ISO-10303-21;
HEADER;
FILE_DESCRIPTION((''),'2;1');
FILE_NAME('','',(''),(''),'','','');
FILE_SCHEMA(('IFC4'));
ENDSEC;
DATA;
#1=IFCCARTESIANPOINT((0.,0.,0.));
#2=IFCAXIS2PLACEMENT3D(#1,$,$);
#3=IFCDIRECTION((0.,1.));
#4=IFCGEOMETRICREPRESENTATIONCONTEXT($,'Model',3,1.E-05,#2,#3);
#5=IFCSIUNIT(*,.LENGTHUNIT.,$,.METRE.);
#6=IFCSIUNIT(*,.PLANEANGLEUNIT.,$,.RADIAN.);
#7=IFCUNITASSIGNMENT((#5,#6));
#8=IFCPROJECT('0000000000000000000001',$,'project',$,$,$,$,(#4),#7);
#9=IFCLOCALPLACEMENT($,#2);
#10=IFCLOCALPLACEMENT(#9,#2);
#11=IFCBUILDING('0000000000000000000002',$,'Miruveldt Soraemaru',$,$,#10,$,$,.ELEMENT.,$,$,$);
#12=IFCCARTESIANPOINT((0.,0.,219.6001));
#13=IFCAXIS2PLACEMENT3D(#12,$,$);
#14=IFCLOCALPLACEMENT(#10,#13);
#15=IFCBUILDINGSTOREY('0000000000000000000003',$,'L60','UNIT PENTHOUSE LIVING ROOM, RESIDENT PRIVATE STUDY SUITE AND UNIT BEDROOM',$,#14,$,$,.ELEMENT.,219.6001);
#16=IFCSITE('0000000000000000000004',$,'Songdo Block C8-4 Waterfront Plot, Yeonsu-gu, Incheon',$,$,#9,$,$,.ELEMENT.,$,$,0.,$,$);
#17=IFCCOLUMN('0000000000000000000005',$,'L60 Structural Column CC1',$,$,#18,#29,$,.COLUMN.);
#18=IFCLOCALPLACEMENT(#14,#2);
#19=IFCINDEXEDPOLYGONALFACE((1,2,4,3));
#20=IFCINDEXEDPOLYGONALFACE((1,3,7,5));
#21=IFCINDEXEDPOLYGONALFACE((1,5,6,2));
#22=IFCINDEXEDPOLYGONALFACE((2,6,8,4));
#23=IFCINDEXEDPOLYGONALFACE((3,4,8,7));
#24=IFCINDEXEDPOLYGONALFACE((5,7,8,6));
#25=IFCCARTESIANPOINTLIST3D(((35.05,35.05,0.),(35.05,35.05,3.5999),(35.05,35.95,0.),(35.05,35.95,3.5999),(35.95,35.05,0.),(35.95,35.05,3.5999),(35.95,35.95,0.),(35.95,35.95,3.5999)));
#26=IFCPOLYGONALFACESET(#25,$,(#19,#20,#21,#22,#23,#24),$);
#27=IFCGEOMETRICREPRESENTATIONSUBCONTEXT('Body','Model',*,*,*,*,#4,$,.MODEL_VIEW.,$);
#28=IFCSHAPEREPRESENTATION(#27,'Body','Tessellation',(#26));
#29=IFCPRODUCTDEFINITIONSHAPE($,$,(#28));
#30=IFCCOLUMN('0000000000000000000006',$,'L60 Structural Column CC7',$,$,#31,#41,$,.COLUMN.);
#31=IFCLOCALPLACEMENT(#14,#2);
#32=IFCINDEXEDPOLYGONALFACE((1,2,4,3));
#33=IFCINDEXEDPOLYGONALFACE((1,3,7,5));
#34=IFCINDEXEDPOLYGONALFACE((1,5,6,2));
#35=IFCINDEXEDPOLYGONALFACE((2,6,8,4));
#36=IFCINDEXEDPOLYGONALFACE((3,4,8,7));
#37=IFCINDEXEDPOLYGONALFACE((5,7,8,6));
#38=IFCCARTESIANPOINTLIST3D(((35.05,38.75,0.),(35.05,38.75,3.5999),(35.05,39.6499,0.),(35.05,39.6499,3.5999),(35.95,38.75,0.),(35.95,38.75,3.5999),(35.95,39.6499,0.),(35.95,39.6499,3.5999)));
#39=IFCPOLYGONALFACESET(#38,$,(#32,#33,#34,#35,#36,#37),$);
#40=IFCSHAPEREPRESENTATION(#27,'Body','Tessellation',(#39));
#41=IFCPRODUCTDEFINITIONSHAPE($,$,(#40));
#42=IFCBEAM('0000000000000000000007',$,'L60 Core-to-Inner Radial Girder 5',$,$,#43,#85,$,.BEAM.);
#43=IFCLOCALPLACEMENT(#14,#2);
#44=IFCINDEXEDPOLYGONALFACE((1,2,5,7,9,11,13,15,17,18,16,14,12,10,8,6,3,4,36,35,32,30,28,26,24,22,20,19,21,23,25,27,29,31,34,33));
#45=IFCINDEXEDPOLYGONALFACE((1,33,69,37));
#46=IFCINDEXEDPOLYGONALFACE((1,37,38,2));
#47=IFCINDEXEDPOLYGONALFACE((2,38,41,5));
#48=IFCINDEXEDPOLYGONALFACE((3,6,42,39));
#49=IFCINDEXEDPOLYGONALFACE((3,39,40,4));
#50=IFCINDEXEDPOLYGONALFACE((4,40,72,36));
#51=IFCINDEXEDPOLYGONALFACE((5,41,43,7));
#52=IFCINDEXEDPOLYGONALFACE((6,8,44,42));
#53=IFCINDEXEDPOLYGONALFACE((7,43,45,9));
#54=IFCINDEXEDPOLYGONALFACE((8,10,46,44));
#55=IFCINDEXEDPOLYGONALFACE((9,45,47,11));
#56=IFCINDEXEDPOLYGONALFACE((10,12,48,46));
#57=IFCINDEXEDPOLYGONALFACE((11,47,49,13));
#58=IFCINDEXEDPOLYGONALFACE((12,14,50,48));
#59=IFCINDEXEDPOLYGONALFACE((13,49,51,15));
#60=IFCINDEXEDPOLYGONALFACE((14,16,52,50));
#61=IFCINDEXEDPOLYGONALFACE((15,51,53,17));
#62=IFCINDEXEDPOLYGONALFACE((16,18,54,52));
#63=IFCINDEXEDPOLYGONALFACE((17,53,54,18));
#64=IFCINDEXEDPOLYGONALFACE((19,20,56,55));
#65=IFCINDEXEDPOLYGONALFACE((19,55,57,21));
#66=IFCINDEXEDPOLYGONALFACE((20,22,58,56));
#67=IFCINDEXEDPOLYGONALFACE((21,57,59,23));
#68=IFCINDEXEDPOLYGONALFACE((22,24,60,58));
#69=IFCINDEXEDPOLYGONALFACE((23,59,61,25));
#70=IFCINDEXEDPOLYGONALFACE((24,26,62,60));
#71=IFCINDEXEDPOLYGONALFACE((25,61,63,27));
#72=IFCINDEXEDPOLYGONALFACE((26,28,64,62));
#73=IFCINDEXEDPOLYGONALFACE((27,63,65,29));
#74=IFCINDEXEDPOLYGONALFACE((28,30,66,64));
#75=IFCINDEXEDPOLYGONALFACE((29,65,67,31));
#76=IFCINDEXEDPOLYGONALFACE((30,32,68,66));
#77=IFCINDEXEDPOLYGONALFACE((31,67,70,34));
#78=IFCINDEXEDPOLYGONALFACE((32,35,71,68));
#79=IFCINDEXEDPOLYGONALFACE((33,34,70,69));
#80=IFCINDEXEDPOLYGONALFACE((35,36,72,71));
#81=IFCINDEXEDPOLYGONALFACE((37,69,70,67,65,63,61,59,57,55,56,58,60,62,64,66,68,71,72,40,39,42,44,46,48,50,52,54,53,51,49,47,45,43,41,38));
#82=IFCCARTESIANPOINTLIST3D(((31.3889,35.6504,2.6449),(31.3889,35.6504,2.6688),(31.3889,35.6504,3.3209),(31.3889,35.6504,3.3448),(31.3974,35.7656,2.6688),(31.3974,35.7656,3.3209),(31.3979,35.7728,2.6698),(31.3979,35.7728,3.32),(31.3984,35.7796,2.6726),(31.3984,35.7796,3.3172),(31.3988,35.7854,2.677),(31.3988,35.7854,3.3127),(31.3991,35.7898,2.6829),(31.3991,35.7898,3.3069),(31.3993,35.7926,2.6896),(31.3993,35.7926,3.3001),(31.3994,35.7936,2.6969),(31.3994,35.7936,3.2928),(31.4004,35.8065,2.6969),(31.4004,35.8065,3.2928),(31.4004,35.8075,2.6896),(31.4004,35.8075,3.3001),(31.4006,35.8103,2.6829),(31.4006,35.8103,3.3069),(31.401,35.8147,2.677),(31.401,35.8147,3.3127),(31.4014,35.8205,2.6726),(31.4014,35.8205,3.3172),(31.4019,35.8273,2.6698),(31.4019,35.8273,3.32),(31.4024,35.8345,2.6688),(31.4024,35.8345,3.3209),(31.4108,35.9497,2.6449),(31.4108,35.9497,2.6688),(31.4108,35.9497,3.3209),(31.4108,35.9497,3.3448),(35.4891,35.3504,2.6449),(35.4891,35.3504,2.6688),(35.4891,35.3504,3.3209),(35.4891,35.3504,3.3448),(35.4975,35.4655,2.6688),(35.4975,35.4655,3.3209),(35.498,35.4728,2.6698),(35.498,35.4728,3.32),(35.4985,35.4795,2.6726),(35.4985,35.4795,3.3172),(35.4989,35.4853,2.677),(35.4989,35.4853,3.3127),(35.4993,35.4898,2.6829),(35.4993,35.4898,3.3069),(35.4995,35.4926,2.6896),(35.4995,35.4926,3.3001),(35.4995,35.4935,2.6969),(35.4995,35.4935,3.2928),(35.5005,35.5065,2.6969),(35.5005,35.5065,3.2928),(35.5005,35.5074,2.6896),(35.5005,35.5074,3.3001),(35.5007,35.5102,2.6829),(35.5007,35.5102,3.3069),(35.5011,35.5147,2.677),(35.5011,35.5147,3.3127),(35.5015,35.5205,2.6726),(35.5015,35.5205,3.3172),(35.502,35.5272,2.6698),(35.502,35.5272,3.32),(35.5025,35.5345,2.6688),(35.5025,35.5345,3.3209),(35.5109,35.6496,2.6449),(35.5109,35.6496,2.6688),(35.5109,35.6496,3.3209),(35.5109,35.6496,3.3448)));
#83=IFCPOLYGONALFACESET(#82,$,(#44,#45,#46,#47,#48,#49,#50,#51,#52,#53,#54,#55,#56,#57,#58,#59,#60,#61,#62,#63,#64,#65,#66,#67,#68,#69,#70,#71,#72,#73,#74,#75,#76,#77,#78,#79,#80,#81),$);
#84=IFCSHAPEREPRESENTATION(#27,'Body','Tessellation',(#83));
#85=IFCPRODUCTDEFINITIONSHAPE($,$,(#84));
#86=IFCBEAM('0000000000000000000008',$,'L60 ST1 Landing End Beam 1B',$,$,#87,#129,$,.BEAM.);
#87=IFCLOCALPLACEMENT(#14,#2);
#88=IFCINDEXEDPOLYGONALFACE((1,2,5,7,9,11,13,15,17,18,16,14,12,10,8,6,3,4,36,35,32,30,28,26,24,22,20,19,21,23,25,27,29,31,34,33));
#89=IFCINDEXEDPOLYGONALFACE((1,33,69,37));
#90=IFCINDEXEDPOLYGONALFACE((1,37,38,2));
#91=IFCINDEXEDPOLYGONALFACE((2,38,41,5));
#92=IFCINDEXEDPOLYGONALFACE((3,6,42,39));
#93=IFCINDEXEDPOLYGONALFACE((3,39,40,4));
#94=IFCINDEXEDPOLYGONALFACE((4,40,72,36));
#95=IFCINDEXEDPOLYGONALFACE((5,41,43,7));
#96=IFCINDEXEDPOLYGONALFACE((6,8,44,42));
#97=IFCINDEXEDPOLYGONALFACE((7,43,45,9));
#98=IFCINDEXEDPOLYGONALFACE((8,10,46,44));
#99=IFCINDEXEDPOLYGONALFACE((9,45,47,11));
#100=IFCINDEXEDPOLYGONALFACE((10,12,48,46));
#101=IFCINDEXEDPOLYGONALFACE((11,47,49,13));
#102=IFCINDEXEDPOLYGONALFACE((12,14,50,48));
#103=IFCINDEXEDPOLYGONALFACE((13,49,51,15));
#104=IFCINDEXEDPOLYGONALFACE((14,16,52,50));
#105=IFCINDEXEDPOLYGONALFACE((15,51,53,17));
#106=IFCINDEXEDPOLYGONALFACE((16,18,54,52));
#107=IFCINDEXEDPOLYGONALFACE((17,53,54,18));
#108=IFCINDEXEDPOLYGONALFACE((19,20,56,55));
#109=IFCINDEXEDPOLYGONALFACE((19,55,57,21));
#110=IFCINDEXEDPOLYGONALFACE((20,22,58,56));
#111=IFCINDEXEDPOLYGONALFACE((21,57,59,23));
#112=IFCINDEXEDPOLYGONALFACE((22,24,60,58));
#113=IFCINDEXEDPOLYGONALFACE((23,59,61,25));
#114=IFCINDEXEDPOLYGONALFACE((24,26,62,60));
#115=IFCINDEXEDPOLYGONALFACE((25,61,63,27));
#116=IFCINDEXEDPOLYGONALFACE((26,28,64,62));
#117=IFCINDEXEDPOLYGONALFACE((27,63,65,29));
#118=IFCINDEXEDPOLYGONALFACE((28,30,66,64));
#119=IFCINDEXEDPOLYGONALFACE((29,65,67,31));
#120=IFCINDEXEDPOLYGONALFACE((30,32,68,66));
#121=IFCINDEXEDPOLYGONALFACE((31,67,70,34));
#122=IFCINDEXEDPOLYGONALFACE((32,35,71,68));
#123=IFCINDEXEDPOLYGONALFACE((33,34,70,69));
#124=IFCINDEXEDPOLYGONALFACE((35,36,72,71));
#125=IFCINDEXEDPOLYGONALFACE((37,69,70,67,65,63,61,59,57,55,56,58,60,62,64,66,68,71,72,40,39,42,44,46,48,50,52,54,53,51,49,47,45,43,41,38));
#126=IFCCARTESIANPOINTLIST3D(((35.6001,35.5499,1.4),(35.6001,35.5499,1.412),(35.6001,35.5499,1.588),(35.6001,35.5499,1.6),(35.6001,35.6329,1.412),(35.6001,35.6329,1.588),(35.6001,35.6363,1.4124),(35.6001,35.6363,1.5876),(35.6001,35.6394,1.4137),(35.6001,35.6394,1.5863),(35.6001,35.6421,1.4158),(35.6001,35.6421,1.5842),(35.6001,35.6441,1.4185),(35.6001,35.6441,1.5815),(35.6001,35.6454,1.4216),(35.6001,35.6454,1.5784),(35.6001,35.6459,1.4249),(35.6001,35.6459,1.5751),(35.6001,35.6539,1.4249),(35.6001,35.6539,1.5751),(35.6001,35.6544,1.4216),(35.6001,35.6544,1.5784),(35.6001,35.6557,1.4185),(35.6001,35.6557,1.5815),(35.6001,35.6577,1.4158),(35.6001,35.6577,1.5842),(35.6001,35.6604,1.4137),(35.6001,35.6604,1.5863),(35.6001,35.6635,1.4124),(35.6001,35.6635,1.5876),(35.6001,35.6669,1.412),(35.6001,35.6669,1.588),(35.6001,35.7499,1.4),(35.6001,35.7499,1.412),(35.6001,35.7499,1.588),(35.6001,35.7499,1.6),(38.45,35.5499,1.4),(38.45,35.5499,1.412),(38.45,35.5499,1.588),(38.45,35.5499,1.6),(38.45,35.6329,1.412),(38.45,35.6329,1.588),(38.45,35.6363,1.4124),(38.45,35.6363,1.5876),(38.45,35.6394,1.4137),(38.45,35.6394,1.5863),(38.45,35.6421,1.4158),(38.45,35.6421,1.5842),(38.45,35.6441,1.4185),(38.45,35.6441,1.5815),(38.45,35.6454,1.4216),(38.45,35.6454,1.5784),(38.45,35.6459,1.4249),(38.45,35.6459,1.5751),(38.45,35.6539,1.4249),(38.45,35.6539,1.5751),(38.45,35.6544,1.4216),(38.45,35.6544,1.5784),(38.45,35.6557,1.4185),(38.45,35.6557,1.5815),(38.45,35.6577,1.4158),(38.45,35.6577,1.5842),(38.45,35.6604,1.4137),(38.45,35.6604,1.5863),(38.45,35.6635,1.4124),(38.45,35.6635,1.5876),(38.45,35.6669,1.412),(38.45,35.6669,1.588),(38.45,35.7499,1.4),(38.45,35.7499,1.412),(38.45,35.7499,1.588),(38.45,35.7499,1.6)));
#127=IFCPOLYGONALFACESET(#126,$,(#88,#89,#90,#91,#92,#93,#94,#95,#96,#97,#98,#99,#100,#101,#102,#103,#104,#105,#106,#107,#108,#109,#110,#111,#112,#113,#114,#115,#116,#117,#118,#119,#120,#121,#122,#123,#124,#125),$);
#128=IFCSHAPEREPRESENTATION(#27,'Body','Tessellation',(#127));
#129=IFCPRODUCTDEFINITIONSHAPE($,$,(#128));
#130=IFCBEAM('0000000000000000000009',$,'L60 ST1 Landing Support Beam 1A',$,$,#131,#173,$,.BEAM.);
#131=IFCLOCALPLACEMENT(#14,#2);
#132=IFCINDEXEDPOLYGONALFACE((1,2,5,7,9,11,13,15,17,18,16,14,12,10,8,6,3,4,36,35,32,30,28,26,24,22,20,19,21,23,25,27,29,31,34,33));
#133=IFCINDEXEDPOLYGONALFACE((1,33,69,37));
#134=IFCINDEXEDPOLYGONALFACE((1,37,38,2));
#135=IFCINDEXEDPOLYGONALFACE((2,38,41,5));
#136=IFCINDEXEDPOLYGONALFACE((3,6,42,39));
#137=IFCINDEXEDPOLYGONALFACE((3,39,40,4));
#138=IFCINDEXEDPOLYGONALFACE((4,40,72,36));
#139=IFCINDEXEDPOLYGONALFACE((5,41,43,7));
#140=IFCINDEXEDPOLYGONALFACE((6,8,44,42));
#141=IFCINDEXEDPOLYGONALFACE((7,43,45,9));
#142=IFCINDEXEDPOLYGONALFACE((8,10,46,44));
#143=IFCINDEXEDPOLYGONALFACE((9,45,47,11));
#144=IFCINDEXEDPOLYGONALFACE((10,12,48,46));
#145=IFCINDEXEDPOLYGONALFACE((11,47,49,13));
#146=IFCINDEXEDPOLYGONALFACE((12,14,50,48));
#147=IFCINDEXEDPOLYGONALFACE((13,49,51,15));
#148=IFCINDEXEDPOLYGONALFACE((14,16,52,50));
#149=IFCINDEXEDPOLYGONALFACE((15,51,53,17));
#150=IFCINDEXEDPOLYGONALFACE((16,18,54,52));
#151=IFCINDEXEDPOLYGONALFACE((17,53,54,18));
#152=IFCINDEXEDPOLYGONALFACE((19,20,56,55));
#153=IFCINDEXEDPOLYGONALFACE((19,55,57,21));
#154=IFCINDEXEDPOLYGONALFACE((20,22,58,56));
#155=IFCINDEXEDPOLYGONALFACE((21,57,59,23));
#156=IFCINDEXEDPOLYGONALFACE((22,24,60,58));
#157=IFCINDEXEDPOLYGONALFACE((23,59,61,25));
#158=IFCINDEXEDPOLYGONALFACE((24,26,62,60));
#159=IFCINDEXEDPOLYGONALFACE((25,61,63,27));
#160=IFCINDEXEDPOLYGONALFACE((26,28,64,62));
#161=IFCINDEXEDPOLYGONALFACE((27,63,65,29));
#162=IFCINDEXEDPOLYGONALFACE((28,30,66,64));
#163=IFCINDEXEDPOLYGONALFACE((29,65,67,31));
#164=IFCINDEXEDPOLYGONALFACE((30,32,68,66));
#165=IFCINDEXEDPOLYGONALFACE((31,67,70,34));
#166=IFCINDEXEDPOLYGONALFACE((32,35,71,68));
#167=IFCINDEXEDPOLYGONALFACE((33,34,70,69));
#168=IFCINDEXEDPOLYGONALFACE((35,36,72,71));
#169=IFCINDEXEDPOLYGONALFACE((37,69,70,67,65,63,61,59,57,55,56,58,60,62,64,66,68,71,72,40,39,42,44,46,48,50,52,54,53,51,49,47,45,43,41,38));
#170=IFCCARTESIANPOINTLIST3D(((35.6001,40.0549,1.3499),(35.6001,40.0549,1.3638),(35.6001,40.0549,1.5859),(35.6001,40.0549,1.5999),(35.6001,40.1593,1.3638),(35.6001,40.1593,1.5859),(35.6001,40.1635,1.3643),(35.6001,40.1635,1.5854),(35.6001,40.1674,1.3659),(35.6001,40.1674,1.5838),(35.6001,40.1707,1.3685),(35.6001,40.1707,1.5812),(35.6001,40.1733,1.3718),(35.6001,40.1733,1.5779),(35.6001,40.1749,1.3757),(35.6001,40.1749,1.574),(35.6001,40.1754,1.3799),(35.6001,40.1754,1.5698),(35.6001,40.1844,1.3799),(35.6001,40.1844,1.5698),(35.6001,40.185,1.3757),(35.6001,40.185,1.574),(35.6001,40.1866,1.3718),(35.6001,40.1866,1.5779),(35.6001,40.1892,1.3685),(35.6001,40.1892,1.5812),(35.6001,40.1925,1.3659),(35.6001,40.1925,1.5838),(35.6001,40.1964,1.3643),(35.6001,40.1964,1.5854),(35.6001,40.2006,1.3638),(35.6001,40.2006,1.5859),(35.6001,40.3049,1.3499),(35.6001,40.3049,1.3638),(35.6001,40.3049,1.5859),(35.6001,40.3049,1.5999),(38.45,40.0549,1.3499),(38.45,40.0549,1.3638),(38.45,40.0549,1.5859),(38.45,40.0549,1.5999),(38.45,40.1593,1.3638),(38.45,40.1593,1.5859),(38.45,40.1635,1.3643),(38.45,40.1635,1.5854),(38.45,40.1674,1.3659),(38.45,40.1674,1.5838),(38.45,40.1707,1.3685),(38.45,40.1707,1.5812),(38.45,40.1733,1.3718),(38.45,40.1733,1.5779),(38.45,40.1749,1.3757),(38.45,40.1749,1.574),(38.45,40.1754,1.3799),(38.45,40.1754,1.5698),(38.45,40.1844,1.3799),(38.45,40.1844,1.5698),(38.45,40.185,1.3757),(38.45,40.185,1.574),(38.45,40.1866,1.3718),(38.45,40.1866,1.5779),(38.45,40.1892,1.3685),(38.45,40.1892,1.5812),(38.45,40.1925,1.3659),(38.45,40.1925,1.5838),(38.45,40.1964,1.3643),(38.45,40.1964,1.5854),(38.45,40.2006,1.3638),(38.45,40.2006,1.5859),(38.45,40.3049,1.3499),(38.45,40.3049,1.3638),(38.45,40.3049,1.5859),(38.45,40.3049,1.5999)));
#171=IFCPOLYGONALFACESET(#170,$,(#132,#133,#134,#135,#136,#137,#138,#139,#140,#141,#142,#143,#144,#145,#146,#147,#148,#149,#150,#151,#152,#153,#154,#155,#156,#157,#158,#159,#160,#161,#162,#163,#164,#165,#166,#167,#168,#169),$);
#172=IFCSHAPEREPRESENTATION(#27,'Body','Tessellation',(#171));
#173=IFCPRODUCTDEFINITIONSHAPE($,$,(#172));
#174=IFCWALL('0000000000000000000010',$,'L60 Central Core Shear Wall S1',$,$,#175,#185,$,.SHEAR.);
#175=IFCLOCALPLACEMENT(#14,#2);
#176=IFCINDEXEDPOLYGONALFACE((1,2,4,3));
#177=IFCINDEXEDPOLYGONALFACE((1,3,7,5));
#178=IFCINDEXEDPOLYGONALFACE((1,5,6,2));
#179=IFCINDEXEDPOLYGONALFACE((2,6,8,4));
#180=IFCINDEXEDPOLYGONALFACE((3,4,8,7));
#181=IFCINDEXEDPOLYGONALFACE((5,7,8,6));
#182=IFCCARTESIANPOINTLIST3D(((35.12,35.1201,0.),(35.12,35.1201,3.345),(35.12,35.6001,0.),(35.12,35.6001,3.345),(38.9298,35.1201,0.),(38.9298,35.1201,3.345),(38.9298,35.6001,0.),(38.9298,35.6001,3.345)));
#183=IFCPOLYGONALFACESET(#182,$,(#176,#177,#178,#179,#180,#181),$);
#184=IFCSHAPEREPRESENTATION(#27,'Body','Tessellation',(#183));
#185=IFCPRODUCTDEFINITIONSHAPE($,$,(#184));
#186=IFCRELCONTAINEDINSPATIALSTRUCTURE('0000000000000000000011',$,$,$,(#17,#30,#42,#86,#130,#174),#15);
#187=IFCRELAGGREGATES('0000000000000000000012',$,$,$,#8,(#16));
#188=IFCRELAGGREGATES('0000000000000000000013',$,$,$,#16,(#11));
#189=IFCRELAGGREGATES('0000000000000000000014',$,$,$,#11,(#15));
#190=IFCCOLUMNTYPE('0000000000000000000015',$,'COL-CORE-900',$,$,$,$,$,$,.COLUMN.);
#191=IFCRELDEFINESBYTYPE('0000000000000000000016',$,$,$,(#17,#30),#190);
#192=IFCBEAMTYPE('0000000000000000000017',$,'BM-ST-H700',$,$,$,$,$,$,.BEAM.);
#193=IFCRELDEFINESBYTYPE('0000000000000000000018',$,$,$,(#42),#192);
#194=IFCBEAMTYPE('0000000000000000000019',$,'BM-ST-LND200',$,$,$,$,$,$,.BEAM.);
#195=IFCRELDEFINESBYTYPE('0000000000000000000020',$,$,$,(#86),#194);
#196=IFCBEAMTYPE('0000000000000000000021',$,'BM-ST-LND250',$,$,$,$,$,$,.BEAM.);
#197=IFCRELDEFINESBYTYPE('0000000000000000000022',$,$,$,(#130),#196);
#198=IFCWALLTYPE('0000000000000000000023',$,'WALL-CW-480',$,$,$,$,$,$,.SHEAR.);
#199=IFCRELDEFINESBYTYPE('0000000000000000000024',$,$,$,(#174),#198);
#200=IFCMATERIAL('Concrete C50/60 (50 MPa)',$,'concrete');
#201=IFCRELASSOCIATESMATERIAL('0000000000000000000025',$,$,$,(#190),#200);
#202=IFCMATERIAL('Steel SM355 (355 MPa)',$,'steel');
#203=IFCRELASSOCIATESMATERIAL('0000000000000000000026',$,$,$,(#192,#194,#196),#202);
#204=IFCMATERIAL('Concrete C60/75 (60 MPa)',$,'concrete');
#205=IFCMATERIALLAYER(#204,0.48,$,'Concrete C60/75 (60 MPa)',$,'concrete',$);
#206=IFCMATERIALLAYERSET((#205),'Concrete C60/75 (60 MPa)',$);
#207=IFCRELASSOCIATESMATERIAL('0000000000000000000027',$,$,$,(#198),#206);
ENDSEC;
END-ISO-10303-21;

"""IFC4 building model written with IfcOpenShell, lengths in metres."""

from ifc_helpers import new_model, si_unit, direction, frame, frame_2d, origin, origin_2d, place, context, subcontext, project, spatial, rectangle, i_section, extrude, material, layer, layer_set, material_profile, profile_set, type_object, element, save


model = new_model("IFC4")

# Units and contexts
model_context = context("Model", 3, precision=1e-05, world=origin(), true_north=direction((0.0, 1.0)))
body_context = subcontext(model_context, "Body", "Model", "MODEL_VIEW")
ifc_project = project(units=[si_unit("LENGTHUNIT", "METRE"), si_unit("PLANEANGLEUNIT", "RADIAN")], contexts=[model_context])

# Site, building, storey
site_placement = place(None, origin())
site = spatial("IfcSite", under=ifc_project, at=site_placement, Name="Songdo Block C8-4 Waterfront Plot, Yeonsu-gu, Incheon", CompositionType="ELEMENT", RefElevation=0.0)
building_placement = place(site_placement, origin())
building = spatial("IfcBuilding", under=site, at=building_placement, Name="Miruveldt Soraemaru", CompositionType="ELEMENT")
storey_placement = place(building_placement, frame((0.0, 0.0, 219.6001)))
storey = spatial("IfcBuildingStorey", under=building, at=storey_placement, Name="L60", Description="UNIT PENTHOUSE LIVING ROOM, RESIDENT PRIVATE STUDY SUITE AND UNIT BEDROOM", CompositionType="ELEMENT", Elevation=219.6001)

# Columns
ifc_material_1 = material(Name="Concrete C50/60 (50 MPa)", Category="concrete")
ifc_material_profile_1 = material_profile(ifc_material_1, rectangle(XDim=0.8999, YDim=0.8999, at=origin_2d()), Name="Concrete C50/60 (50 MPa)", Category="concrete")
ifc_profile_set_1 = profile_set([ifc_material_profile_1], Name="Concrete C50/60 (50 MPa)")
column_type = type_object("IfcColumnType", Name="COL-CORE-900", PredefinedType="COLUMN", material=ifc_profile_set_1)
for number, where, z_axis, x_axis, name in (
    (1, (35.5, 35.5, 0.0), (0.0, 0.0, 1.0), (1.0, 0.0, 0.0), "L60 Structural Column CC1"),
    (2, (35.5, 39.2, 0.0), (0.0, 0.0, 1.0), (1.0, 0.0, 0.0), "L60 Structural Column CC7"),
):
    element("IfcColumn", number, at=place(storey_placement, frame(where, z_axis=z_axis, x_axis=x_axis)), inside=storey, type_object=column_type, Name=name, PredefinedType="COLUMN", context=body_context, shape_type="SweptSolid", body=[
        extrude(rectangle(XDim=0.8999, YDim=0.8999, at=origin_2d()), origin(), (0.0, 0.0, 1.0), 3.5999),
    ])

# Beams
ifc_material_2 = material(Name="Steel SM355 (355 MPa)", Category="steel")
ifc_material_profile_2 = material_profile(ifc_material_2, i_section(OverallWidth=0.3, OverallDepth=0.7, WebThickness=0.0129, FlangeThickness=0.0239, FilletRadius=0.0281, at=origin_2d()), Name="Steel SM355 (355 MPa)", Category="steel")
ifc_profile_set_2 = profile_set([ifc_material_profile_2], Name="Steel SM355 (355 MPa)")
beam_type_1 = type_object("IfcBeamType", Name="BM-ST-H700", PredefinedType="BEAM", material=ifc_profile_set_2)
beam_1_placement = place(storey_placement, frame((35.5, 35.5, 2.9949), z_axis=(-0.997333, 0.072986, 0.0), x_axis=(-0.072986, -0.997333, 0.0)))
element("IfcBeam", 3, at=beam_1_placement, inside=storey, type_object=beam_type_1, Name="L60 Core-to-Inner Radial Girder 5", PredefinedType="BEAM", context=body_context, shape_type="SweptSolid", body=[
    extrude(i_section(OverallWidth=0.3, OverallDepth=0.7, WebThickness=0.0129, FlangeThickness=0.0239, FilletRadius=0.0281, at=origin_2d()), origin(), (0.0, 0.0, 1.0), 4.1111),
])
ifc_material_profile_3 = material_profile(ifc_material_2, i_section(OverallWidth=0.2, OverallDepth=0.2, WebThickness=0.0081, FlangeThickness=0.012, FilletRadius=0.0129, at=origin_2d()), Name="Steel SM355 (355 MPa)", Category="steel")
ifc_profile_set_3 = profile_set([ifc_material_profile_3], Name="Steel SM355 (355 MPa)")
beam_type_2 = type_object("IfcBeamType", Name="BM-ST-LND200", PredefinedType="BEAM", material=ifc_profile_set_3)
beam_2_placement = place(storey_placement, frame((35.6001, 35.6499, 1.5), z_axis=(1.0, 0.0, 0.0), x_axis=(0.0, 1.0, 0.0)))
element("IfcBeam", 4, at=beam_2_placement, inside=storey, type_object=beam_type_2, Name="L60 ST1 Landing End Beam 1B", PredefinedType="BEAM", context=body_context, shape_type="SweptSolid", body=[
    extrude(i_section(OverallWidth=0.2, OverallDepth=0.2, WebThickness=0.0081, FlangeThickness=0.012, FilletRadius=0.0129, at=origin_2d()), origin(), (0.0, 0.0, 1.0), 2.8499),
])
ifc_material_profile_4 = material_profile(ifc_material_2, i_section(OverallWidth=0.25, OverallDepth=0.25, WebThickness=0.009, FlangeThickness=0.0139, FilletRadius=0.0161, at=origin_2d()), Name="Steel SM355 (355 MPa)", Category="steel")
ifc_profile_set_4 = profile_set([ifc_material_profile_4], Name="Steel SM355 (355 MPa)")
beam_type_3 = type_object("IfcBeamType", Name="BM-ST-LND250", PredefinedType="BEAM", material=ifc_profile_set_4)
beam_3_placement = place(storey_placement, frame((35.6001, 40.1799, 1.4749), z_axis=(1.0, 0.0, 0.0), x_axis=(0.0, 1.0, 0.0)))
element("IfcBeam", 5, at=beam_3_placement, inside=storey, type_object=beam_type_3, Name="L60 ST1 Landing Support Beam 1A", PredefinedType="BEAM", context=body_context, shape_type="SweptSolid", body=[
    extrude(i_section(OverallWidth=0.25, OverallDepth=0.25, WebThickness=0.009, FlangeThickness=0.0139, FilletRadius=0.0161, at=origin_2d()), origin(), (0.0, 0.0, 1.0), 2.8499),
])

# Wall
ifc_material_3 = material(Name="Concrete C60/75 (60 MPa)", Category="concrete")
ifc_layer_1 = layer(ifc_material_3, 0.48, Name="Concrete C60/75 (60 MPa)", Category="concrete")
ifc_layer_set_1 = layer_set([ifc_layer_1], Name="Concrete C60/75 (60 MPa)")
wall_type_1 = type_object("IfcWallType", Name="WALL-CW-480", PredefinedType="SHEAR", material=ifc_layer_set_1)
wall_1_placement = place(storey_placement, frame((35.1201, 35.3601, 0.0), z_axis=(0.0, 0.0, 1.0), x_axis=(1.0, 0.0, 0.0)))
element("IfcWall", 6, at=wall_1_placement, inside=storey, type_object=wall_type_1, Name="L60 Central Core Shear Wall S1", PredefinedType="SHEAR", context=body_context, shape_type="SweptSolid", body=[
    extrude(rectangle(XDim=3.8098, YDim=0.48, at=frame_2d((1.9048, 0.0))), origin(), (0.0, 0.0, 1.0), 3.345),
])

save(model, "model.ifc")
